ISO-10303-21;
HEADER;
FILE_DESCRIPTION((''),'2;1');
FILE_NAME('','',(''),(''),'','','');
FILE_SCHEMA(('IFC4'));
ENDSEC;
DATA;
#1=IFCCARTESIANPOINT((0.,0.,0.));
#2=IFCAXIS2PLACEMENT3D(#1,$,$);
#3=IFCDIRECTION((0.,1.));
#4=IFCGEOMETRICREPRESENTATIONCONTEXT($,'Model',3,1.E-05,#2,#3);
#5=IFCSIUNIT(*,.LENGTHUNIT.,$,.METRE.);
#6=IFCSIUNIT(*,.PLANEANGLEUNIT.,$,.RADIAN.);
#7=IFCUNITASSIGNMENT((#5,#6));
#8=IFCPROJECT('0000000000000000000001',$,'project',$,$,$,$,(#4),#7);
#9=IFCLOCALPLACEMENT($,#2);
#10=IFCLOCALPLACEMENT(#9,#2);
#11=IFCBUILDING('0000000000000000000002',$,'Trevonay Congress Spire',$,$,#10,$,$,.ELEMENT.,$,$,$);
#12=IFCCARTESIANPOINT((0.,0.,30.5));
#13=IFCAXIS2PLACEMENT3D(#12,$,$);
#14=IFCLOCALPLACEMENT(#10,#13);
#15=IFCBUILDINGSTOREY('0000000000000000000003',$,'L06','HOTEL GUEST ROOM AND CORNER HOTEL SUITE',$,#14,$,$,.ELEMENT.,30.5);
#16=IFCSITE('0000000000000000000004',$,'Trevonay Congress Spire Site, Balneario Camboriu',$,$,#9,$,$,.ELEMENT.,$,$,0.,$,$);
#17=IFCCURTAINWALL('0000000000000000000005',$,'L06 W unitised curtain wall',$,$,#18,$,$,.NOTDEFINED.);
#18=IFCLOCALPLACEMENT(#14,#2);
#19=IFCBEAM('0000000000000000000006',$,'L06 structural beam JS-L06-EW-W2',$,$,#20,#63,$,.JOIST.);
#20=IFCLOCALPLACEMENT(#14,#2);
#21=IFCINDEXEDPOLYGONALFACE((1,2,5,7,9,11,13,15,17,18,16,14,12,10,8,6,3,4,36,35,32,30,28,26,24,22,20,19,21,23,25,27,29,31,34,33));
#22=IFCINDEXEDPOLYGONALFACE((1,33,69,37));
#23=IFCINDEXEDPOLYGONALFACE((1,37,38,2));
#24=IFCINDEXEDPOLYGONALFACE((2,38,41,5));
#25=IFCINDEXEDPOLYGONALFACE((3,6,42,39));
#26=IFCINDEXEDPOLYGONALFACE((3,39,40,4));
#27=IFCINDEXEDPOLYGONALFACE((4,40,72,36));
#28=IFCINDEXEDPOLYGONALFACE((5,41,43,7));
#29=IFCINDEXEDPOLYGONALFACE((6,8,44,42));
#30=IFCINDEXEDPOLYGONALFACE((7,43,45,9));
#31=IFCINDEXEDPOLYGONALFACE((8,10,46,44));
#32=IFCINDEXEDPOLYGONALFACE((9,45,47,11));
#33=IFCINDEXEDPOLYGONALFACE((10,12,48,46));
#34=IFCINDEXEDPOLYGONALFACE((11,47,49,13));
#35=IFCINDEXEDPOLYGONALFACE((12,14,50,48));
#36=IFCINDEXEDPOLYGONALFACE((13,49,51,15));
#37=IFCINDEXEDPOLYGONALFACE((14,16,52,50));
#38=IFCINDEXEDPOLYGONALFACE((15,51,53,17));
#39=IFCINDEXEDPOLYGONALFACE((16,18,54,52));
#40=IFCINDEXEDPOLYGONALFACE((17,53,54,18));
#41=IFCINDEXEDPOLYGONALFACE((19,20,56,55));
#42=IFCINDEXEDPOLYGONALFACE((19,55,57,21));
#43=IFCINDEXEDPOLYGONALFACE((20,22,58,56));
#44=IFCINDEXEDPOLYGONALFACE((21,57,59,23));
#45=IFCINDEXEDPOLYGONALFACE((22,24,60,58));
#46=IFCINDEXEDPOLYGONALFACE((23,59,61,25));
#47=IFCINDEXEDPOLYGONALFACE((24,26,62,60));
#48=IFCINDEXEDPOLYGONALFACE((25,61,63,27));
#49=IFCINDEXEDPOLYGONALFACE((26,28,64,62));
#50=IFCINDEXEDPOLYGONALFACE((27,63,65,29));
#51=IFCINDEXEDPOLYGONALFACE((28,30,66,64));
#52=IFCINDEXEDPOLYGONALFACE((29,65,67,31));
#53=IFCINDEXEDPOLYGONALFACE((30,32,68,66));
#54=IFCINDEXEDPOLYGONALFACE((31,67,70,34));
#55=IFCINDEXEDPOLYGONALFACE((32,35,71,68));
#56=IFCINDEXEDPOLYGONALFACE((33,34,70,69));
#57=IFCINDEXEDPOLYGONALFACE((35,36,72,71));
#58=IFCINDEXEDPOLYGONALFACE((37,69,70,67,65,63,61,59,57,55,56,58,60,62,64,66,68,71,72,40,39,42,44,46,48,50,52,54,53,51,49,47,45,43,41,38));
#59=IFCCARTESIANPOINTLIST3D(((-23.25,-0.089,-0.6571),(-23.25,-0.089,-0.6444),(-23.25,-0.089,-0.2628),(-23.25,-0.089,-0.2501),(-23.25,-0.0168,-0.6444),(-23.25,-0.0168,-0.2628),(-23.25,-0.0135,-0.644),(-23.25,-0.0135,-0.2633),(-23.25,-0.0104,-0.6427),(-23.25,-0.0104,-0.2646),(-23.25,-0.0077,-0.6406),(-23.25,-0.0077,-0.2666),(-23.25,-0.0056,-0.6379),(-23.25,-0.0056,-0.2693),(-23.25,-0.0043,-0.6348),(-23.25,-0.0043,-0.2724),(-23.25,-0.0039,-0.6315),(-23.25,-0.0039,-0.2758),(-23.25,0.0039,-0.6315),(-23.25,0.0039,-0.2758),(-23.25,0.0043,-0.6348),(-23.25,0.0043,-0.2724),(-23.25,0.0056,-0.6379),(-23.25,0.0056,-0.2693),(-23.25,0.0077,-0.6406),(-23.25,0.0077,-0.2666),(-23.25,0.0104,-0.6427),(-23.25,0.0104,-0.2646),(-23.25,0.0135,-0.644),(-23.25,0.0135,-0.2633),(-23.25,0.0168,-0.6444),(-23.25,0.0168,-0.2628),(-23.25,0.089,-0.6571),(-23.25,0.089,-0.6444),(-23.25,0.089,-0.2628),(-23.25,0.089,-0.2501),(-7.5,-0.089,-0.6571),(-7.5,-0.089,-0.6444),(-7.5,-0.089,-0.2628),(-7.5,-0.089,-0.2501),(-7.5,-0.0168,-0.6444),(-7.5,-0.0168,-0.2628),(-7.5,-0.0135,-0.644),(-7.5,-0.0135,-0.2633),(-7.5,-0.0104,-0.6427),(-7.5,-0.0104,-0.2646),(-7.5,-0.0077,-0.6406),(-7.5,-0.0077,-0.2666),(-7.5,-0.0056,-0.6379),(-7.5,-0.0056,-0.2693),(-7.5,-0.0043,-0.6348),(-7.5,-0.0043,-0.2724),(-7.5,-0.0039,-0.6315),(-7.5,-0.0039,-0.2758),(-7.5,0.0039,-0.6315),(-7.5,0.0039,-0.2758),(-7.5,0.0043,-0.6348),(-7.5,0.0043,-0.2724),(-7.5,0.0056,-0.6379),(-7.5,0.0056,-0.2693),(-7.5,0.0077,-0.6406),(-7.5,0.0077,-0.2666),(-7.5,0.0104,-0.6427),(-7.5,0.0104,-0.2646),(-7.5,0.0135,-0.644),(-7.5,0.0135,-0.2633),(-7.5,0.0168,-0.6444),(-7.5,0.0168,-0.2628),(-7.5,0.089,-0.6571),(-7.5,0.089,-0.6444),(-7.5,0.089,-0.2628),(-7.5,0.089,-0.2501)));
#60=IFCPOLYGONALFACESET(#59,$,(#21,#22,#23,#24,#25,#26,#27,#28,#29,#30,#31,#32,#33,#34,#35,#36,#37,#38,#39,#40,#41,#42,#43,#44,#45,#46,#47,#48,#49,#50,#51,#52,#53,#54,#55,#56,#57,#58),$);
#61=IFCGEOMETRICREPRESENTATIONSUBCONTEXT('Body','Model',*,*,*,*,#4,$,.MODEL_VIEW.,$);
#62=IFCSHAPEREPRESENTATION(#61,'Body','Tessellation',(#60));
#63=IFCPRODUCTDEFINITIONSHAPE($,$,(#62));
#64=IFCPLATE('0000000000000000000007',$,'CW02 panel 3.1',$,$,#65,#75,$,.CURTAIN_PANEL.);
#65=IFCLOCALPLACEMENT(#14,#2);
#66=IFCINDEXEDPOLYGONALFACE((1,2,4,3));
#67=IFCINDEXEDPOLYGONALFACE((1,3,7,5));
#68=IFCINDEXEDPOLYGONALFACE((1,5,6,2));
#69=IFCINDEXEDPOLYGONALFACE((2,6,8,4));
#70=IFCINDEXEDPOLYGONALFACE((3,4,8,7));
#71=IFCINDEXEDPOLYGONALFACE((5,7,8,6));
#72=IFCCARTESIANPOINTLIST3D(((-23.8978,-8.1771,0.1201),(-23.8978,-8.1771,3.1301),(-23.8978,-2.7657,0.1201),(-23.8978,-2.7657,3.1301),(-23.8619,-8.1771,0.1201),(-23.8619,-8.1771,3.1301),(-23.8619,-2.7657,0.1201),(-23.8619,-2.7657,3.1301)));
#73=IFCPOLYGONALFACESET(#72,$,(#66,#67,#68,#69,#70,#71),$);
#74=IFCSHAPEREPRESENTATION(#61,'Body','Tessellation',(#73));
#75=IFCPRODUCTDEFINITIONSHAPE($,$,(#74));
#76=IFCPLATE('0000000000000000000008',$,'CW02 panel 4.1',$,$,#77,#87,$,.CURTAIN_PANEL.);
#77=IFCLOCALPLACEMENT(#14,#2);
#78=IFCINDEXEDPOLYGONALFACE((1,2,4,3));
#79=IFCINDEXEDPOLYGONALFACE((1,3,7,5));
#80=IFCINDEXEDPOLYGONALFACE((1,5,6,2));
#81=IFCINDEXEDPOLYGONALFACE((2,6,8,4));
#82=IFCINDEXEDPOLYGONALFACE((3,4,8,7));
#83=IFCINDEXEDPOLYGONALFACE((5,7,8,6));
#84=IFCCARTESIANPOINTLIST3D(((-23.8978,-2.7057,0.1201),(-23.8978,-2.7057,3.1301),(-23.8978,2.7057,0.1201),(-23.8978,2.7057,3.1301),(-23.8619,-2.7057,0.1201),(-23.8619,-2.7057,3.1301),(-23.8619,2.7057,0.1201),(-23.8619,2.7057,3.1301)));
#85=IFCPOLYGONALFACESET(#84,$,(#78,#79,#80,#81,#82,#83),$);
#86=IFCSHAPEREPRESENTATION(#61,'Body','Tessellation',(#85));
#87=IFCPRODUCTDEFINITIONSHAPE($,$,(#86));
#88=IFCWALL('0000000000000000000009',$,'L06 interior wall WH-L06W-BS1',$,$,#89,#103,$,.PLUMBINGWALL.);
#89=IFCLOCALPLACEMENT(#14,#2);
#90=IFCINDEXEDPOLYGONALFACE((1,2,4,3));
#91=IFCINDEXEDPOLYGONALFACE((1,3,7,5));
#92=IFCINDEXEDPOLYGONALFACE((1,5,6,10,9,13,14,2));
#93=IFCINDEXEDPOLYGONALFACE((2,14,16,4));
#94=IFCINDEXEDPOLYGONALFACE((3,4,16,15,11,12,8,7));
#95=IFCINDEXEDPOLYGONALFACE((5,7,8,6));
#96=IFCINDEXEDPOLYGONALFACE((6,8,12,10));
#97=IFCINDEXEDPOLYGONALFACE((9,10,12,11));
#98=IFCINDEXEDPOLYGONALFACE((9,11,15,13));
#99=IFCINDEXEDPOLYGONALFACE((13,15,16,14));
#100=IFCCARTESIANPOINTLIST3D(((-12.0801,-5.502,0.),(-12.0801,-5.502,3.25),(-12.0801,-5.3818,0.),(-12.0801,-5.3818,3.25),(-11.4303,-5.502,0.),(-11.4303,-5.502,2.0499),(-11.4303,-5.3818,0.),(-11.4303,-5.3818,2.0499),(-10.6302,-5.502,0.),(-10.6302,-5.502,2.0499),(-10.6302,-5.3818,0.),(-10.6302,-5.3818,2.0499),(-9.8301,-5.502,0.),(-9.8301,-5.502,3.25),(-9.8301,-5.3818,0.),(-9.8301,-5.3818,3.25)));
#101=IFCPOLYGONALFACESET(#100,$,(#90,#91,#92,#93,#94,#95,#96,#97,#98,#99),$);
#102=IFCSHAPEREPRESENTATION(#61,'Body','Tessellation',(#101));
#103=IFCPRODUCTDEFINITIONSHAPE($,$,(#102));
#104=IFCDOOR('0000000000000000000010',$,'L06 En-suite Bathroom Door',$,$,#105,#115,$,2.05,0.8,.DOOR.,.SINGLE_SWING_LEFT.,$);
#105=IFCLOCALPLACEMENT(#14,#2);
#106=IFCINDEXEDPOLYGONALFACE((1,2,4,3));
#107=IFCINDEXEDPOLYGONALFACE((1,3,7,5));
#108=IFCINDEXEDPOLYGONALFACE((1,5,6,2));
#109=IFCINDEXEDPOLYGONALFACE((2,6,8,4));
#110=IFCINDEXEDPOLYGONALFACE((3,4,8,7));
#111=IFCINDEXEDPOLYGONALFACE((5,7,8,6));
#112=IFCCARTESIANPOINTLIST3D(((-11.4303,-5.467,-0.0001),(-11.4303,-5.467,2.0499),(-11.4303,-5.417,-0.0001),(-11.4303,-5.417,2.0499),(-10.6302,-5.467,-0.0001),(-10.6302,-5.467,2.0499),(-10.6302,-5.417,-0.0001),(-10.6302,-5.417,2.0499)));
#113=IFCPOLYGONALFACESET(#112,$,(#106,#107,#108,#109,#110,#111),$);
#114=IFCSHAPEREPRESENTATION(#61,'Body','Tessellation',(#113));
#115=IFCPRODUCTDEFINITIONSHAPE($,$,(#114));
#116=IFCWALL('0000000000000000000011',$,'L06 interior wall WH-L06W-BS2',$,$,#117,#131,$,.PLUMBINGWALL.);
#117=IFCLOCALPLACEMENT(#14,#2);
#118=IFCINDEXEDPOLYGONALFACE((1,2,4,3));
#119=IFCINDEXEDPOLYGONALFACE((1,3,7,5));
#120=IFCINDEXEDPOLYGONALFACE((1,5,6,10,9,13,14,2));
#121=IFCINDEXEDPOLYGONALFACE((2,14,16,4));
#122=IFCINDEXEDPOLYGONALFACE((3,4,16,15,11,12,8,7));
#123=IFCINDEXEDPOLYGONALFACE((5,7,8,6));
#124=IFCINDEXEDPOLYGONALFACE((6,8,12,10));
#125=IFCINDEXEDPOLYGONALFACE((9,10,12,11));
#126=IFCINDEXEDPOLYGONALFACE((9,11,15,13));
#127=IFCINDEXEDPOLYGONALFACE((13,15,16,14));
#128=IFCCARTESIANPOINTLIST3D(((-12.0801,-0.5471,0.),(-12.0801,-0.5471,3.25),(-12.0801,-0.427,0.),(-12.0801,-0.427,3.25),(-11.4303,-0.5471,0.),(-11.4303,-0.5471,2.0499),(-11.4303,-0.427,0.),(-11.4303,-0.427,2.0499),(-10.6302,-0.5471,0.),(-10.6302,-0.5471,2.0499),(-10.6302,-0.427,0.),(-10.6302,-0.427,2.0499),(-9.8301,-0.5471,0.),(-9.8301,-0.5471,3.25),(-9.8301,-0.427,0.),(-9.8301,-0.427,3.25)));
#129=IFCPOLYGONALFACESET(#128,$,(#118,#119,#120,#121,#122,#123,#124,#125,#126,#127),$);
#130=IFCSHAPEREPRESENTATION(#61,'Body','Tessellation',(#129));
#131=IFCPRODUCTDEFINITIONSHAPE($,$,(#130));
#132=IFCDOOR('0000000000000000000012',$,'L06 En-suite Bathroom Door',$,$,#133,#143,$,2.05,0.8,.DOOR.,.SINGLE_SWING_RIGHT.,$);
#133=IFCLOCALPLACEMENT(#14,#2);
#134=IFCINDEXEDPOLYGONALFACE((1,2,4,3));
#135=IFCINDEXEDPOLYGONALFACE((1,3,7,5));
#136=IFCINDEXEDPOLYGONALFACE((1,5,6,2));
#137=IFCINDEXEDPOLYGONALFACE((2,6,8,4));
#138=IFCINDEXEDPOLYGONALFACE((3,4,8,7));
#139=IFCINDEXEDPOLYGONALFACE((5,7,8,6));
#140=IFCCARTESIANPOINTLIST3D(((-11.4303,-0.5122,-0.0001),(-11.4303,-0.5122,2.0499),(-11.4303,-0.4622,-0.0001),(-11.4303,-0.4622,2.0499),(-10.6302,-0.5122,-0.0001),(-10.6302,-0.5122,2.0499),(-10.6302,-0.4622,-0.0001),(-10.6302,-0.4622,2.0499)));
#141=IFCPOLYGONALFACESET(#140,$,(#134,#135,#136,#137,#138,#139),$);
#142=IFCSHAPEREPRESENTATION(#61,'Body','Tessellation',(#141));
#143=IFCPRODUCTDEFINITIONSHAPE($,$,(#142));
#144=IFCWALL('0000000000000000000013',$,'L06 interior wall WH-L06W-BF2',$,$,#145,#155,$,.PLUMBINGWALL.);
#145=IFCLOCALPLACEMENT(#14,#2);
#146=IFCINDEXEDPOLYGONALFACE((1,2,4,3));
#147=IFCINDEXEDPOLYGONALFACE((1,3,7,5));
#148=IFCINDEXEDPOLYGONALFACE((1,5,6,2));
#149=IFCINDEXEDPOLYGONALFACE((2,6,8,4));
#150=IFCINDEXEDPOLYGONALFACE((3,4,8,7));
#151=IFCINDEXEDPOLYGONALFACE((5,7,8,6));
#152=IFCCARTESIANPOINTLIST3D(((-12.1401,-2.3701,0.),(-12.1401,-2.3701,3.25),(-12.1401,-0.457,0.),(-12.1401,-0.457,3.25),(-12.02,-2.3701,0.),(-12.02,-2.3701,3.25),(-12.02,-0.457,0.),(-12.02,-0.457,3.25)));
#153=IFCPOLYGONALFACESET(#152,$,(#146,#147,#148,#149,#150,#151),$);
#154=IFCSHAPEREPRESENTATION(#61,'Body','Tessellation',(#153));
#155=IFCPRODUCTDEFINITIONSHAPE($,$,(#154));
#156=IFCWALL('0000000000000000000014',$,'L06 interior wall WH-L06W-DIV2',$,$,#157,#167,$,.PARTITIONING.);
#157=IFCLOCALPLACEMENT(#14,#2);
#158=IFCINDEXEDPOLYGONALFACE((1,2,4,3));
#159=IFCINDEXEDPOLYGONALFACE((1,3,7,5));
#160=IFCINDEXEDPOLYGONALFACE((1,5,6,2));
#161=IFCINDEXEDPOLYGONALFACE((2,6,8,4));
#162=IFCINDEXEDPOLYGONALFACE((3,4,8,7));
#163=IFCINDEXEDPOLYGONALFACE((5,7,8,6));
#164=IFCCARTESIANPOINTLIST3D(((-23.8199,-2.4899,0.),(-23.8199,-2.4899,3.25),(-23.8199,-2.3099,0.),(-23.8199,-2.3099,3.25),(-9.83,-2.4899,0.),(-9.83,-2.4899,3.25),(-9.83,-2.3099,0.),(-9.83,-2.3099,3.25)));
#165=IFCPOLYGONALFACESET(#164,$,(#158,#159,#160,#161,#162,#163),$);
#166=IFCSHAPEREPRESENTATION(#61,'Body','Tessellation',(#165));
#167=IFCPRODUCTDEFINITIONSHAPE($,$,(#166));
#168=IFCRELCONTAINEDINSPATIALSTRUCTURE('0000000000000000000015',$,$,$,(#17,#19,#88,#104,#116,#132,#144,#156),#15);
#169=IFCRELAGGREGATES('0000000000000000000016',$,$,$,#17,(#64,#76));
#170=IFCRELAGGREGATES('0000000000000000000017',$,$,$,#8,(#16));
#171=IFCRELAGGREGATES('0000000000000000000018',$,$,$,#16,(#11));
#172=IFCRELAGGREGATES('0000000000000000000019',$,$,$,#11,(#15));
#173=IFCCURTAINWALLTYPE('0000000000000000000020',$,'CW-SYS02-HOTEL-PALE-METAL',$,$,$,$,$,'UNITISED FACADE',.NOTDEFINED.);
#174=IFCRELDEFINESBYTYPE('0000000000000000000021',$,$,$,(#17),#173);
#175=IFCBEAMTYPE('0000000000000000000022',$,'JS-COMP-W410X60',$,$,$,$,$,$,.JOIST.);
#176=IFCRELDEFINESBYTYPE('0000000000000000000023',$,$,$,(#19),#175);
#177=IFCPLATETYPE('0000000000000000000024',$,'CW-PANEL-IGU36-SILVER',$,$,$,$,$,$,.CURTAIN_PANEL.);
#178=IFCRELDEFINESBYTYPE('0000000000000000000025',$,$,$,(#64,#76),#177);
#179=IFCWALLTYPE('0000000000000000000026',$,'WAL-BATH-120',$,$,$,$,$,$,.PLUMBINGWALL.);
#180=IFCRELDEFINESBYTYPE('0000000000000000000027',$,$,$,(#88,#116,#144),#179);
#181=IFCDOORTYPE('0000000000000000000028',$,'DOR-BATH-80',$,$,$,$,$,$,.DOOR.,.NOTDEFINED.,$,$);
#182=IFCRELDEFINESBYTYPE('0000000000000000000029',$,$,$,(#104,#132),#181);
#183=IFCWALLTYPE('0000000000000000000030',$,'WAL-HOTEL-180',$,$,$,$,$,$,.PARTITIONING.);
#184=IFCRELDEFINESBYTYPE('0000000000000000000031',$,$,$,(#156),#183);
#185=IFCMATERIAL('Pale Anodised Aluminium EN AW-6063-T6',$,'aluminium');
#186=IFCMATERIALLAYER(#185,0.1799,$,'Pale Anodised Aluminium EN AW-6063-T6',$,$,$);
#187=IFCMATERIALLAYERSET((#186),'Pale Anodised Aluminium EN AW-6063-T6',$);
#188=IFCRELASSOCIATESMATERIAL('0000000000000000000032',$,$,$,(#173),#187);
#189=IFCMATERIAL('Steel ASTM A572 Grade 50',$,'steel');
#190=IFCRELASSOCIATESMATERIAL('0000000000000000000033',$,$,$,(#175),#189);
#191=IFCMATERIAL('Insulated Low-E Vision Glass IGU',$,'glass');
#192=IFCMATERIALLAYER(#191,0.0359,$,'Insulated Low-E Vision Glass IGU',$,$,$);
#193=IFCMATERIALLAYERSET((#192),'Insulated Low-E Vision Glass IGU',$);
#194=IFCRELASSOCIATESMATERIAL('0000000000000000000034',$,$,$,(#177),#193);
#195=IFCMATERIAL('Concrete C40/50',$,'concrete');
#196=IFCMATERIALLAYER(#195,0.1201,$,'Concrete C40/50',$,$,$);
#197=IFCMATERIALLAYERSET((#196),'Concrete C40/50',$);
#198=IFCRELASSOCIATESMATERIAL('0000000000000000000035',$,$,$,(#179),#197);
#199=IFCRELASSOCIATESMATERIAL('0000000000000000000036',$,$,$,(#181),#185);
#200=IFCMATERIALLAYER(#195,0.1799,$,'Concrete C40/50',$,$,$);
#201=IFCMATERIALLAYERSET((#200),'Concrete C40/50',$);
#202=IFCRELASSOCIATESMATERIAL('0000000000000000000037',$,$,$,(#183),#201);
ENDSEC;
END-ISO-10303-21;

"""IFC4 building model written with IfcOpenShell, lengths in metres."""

from ifc_helpers import new_model, si_unit, direction, frame, frame_2d, origin, origin_2d, place, context, subcontext, project, spatial, rectangle, i_section, extrude, material, layer, layer_set, material_profile, profile_set, type_object, element, fill, aggregate, save


model = new_model("IFC4")

# Units and contexts
model_context = context("Model", 3, precision=1e-05, world=origin(), true_north=direction((0.0, 1.0)))
body_context = subcontext(model_context, "Body", "Model", "MODEL_VIEW")
ifc_project = project(units=[si_unit("LENGTHUNIT", "METRE"), si_unit("PLANEANGLEUNIT", "RADIAN")], contexts=[model_context])

# Site, building, storey
site_placement = place(None, origin())
site = spatial("IfcSite", under=ifc_project, at=site_placement, Name="Trevonay Congress Spire Site, Balneario Camboriu", CompositionType="ELEMENT", RefElevation=0.0)
building_placement = place(site_placement, origin())
building = spatial("IfcBuilding", under=site, at=building_placement, Name="Trevonay Congress Spire", CompositionType="ELEMENT")
storey_placement = place(building_placement, frame((0.0, 0.0, 30.5)))
storey = spatial("IfcBuildingStorey", under=building, at=storey_placement, Name="L06", Description="HOTEL GUEST ROOM AND CORNER HOTEL SUITE", CompositionType="ELEMENT", Elevation=30.5)

# Shared definitions
ifc_material_1 = material(Name="Steel ASTM A572 Grade 50", Category="steel")

# Curtain wall
ifc_material_2 = material(Name="Pale Anodised Aluminium EN AW-6063-T6", Category="aluminium")
ifc_layer_1 = layer(ifc_material_2, 0.1799, Name="Pale Anodised Aluminium EN AW-6063-T6")
ifc_layer_set_1 = layer_set([ifc_layer_1], Name="Pale Anodised Aluminium EN AW-6063-T6")
curtain_wall_type = type_object("IfcCurtainWallType", Name="CW-SYS02-HOTEL-PALE-METAL", ElementType="UNITISED FACADE", PredefinedType="NOTDEFINED", material=ifc_layer_set_1)
curtain_wall_placement = place(storey_placement, origin())
curtain_wall = element("IfcCurtainWall", 1, at=curtain_wall_placement, inside=storey, type_object=curtain_wall_type, Name="L06 W unitised curtain wall", PredefinedType="NOTDEFINED")

# Beam
ifc_material_profile_1 = material_profile(ifc_material_1, i_section(OverallWidth=0.178, OverallDepth=0.407, WebThickness=0.0078, FlangeThickness=0.0127, FilletRadius=0.0129, at=origin_2d()), Name="W410x60")
ifc_profile_set_1 = profile_set([ifc_material_profile_1], Name="Steel ASTM A572 Grade 50")
beam_type_1 = type_object("IfcBeamType", Name="JS-COMP-W410X60", PredefinedType="JOIST", material=ifc_profile_set_1)
for number, where, z_axis, x_axis, name in (
    (2, (-23.25, 0.0, -0.4536), (1.0, 0.0, 0.0), (0.0, 1.0, 0.0), "L06 structural beam JS-L06-EW-W2"),
):
    element("IfcBeam", number, at=place(storey_placement, frame(where, z_axis=z_axis, x_axis=x_axis)), inside=storey, type_object=beam_type_1, Name=name, PredefinedType="JOIST", context=body_context, shape_type="SweptSolid", body=[
        extrude(i_section(OverallWidth=0.178, OverallDepth=0.407, WebThickness=0.0078, FlangeThickness=0.0127, FilletRadius=0.0129, at=origin_2d()), origin(), (0.0, 0.0, 1.0), 15.75),
    ])

# Plates
ifc_material_3 = material(Name="Insulated Low-E Vision Glass IGU", Category="glass")
ifc_layer_2 = layer(ifc_material_3, 0.0359, Name="Insulated Low-E Vision Glass IGU")
ifc_layer_set_2 = layer_set([ifc_layer_2], Name="Insulated Low-E Vision Glass IGU")
plate_type = type_object("IfcPlateType", Name="CW-PANEL-IGU36-SILVER", PredefinedType="CURTAIN_PANEL", material=ifc_layer_set_2)
plate_1_placement = place(storey_placement, frame((-23.8799, -5.4714, 0.1201), z_axis=(0.0, 0.0, 1.0), x_axis=(0.0, 1.0, 0.0)))
plate_1 = element("IfcPlate", 3, at=plate_1_placement, type_object=plate_type, Name="CW02 panel 3.1", PredefinedType="CURTAIN_PANEL", context=body_context, shape_type="SweptSolid", body=[
    extrude(rectangle(XDim=5.4114, YDim=0.0359, at=origin_2d()), origin(), (0.0, 0.0, 1.0), 3.01),
])
plate_2_placement = place(storey_placement, frame((-23.8799, 0.0, 0.1201), z_axis=(0.0, 0.0, 1.0), x_axis=(0.0, 1.0, 0.0)))
plate_2 = element("IfcPlate", 4, at=plate_2_placement, type_object=plate_type, Name="CW02 panel 4.1", PredefinedType="CURTAIN_PANEL", context=body_context, shape_type="SweptSolid", body=[
    extrude(rectangle(XDim=5.4114, YDim=0.0359, at=origin_2d()), origin(), (0.0, 0.0, 1.0), 3.01),
])
aggregate(curtain_wall, [plate_1, plate_2])

# Walls, openings, doors
ifc_material_4 = material(Name="Concrete C40/50", Category="concrete")
ifc_layer_3 = layer(ifc_material_4, 0.1201, Name="Concrete C40/50")
ifc_layer_set_3 = layer_set([ifc_layer_3], Name="Concrete C40/50")
wall_type_1 = type_object("IfcWallType", Name="WAL-BATH-120", PredefinedType="PLUMBINGWALL", material=ifc_layer_set_3)
wall_1_placement = place(storey_placement, frame((-12.0801, -5.4419, 0.0), z_axis=(0.0, 0.0, 1.0), x_axis=(1.0, 0.0, 0.0)))
wall_1 = element("IfcWall", 5, at=wall_1_placement, inside=storey, type_object=wall_type_1, Name="L06 interior wall WH-L06W-BS1", PredefinedType="PLUMBINGWALL", context=body_context, shape_type="SweptSolid", body=[
    extrude(rectangle(XDim=2.25, YDim=0.1201, at=frame_2d((1.125, 0.0))), origin(), (0.0, 0.0, 1.0), 3.25),
])
opening_1_placement = place(wall_1_placement, frame((0.6499, 0.0, 0.0)))
opening_1 = element("IfcOpeningElement", 6, at=opening_1_placement, cuts=wall_1, PredefinedType="OPENING", context=body_context, shape_type="SweptSolid", body=[
    extrude(rectangle(XDim=0.8, YDim=2.05, at=frame_2d((0.3999, 1.0249))), frame((0.0, 0.0701, 0.0), z_axis=(0.0, -1.0, 0.0), x_axis=(1.0, 0.0, 0.0)), (0.0, 0.0, 1.0), 0.1401),
])
door_type = type_object("IfcDoorType", Name="DOR-BATH-80", OperationType="NOTDEFINED", PredefinedType="DOOR", material=ifc_material_2)
door_1_placement = place(opening_1_placement, origin())
door_1 = element("IfcDoor", 7, at=door_1_placement, inside=storey, type_object=door_type, Name="L06 En-suite Bathroom Door", OperationType="SINGLE_SWING_LEFT", OverallHeight=2.05, OverallWidth=0.8, PredefinedType="DOOR", context=body_context, shape_type="SweptSolid", body=[
    extrude(rectangle(XDim=0.8, YDim=2.05, at=frame_2d((0.3999, 1.0249))), frame((0.0, 0.0249, 0.0), z_axis=(0.0, -1.0, 0.0), x_axis=(1.0, 0.0, 0.0)), (0.0, 0.0, 1.0), 0.05),
])
fill(opening_1, door_1)
wall_2_placement = place(storey_placement, frame((-12.0801, -0.4871, 0.0), z_axis=(0.0, 0.0, 1.0), x_axis=(1.0, 0.0, 0.0)))
wall_2 = element("IfcWall", 8, at=wall_2_placement, inside=storey, type_object=wall_type_1, Name="L06 interior wall WH-L06W-BS2", PredefinedType="PLUMBINGWALL", context=body_context, shape_type="SweptSolid", body=[
    extrude(rectangle(XDim=2.25, YDim=0.1201, at=frame_2d((1.125, 0.0))), origin(), (0.0, 0.0, 1.0), 3.25),
])
opening_2_placement = place(wall_2_placement, frame((0.6499, 0.0, 0.0)))
opening_2 = element("IfcOpeningElement", 9, at=opening_2_placement, cuts=wall_2, PredefinedType="OPENING", context=body_context, shape_type="SweptSolid", body=[
    extrude(rectangle(XDim=0.8, YDim=2.05, at=frame_2d((0.3999, 1.0249))), frame((0.0, 0.0701, 0.0), z_axis=(0.0, -1.0, 0.0), x_axis=(1.0, 0.0, 0.0)), (0.0, 0.0, 1.0), 0.1401),
])
door_2_placement = place(opening_2_placement, origin())
door_2 = element("IfcDoor", 10, at=door_2_placement, inside=storey, type_object=door_type, Name="L06 En-suite Bathroom Door", OperationType="SINGLE_SWING_RIGHT", OverallHeight=2.05, OverallWidth=0.8, PredefinedType="DOOR", context=body_context, shape_type="SweptSolid", body=[
    extrude(rectangle(XDim=0.8, YDim=2.05, at=frame_2d((0.3999, 1.0249))), frame((0.0, 0.0249, 0.0), z_axis=(0.0, -1.0, 0.0), x_axis=(1.0, 0.0, 0.0)), (0.0, 0.0, 1.0), 0.05),
])
fill(opening_2, door_2)

# Walls
wall_3_placement = place(storey_placement, frame((-12.0801, -2.3701, 0.0), z_axis=(0.0, 0.0, 1.0), x_axis=(0.0, 1.0, 0.0)))
element("IfcWall", 11, at=wall_3_placement, inside=storey, type_object=wall_type_1, Name="L06 interior wall WH-L06W-BF2", PredefinedType="PLUMBINGWALL", context=body_context, shape_type="SweptSolid", body=[
    extrude(rectangle(XDim=1.9131, YDim=0.1201, at=frame_2d((0.9565, 0.0))), origin(), (0.0, 0.0, 1.0), 3.25),
])
ifc_layer_4 = layer(ifc_material_4, 0.1799, Name="Concrete C40/50")
ifc_layer_set_4 = layer_set([ifc_layer_4], Name="Concrete C40/50")
wall_type_2 = type_object("IfcWallType", Name="WAL-HOTEL-180", PredefinedType="PARTITIONING", material=ifc_layer_set_4)
wall_4_placement = place(storey_placement, frame((-23.8201, -2.3999, 0.0), z_axis=(0.0, 0.0, 1.0), x_axis=(1.0, 0.0, 0.0)))
element("IfcWall", 12, at=wall_4_placement, inside=storey, type_object=wall_type_2, Name="L06 interior wall WH-L06W-DIV2", PredefinedType="PARTITIONING", context=body_context, shape_type="SweptSolid", body=[
    extrude(rectangle(XDim=13.99, YDim=0.1799, at=frame_2d((6.9951, 0.0))), origin(), (0.0, 0.0, 1.0), 3.25),
])

save(model, "model.ifc")
